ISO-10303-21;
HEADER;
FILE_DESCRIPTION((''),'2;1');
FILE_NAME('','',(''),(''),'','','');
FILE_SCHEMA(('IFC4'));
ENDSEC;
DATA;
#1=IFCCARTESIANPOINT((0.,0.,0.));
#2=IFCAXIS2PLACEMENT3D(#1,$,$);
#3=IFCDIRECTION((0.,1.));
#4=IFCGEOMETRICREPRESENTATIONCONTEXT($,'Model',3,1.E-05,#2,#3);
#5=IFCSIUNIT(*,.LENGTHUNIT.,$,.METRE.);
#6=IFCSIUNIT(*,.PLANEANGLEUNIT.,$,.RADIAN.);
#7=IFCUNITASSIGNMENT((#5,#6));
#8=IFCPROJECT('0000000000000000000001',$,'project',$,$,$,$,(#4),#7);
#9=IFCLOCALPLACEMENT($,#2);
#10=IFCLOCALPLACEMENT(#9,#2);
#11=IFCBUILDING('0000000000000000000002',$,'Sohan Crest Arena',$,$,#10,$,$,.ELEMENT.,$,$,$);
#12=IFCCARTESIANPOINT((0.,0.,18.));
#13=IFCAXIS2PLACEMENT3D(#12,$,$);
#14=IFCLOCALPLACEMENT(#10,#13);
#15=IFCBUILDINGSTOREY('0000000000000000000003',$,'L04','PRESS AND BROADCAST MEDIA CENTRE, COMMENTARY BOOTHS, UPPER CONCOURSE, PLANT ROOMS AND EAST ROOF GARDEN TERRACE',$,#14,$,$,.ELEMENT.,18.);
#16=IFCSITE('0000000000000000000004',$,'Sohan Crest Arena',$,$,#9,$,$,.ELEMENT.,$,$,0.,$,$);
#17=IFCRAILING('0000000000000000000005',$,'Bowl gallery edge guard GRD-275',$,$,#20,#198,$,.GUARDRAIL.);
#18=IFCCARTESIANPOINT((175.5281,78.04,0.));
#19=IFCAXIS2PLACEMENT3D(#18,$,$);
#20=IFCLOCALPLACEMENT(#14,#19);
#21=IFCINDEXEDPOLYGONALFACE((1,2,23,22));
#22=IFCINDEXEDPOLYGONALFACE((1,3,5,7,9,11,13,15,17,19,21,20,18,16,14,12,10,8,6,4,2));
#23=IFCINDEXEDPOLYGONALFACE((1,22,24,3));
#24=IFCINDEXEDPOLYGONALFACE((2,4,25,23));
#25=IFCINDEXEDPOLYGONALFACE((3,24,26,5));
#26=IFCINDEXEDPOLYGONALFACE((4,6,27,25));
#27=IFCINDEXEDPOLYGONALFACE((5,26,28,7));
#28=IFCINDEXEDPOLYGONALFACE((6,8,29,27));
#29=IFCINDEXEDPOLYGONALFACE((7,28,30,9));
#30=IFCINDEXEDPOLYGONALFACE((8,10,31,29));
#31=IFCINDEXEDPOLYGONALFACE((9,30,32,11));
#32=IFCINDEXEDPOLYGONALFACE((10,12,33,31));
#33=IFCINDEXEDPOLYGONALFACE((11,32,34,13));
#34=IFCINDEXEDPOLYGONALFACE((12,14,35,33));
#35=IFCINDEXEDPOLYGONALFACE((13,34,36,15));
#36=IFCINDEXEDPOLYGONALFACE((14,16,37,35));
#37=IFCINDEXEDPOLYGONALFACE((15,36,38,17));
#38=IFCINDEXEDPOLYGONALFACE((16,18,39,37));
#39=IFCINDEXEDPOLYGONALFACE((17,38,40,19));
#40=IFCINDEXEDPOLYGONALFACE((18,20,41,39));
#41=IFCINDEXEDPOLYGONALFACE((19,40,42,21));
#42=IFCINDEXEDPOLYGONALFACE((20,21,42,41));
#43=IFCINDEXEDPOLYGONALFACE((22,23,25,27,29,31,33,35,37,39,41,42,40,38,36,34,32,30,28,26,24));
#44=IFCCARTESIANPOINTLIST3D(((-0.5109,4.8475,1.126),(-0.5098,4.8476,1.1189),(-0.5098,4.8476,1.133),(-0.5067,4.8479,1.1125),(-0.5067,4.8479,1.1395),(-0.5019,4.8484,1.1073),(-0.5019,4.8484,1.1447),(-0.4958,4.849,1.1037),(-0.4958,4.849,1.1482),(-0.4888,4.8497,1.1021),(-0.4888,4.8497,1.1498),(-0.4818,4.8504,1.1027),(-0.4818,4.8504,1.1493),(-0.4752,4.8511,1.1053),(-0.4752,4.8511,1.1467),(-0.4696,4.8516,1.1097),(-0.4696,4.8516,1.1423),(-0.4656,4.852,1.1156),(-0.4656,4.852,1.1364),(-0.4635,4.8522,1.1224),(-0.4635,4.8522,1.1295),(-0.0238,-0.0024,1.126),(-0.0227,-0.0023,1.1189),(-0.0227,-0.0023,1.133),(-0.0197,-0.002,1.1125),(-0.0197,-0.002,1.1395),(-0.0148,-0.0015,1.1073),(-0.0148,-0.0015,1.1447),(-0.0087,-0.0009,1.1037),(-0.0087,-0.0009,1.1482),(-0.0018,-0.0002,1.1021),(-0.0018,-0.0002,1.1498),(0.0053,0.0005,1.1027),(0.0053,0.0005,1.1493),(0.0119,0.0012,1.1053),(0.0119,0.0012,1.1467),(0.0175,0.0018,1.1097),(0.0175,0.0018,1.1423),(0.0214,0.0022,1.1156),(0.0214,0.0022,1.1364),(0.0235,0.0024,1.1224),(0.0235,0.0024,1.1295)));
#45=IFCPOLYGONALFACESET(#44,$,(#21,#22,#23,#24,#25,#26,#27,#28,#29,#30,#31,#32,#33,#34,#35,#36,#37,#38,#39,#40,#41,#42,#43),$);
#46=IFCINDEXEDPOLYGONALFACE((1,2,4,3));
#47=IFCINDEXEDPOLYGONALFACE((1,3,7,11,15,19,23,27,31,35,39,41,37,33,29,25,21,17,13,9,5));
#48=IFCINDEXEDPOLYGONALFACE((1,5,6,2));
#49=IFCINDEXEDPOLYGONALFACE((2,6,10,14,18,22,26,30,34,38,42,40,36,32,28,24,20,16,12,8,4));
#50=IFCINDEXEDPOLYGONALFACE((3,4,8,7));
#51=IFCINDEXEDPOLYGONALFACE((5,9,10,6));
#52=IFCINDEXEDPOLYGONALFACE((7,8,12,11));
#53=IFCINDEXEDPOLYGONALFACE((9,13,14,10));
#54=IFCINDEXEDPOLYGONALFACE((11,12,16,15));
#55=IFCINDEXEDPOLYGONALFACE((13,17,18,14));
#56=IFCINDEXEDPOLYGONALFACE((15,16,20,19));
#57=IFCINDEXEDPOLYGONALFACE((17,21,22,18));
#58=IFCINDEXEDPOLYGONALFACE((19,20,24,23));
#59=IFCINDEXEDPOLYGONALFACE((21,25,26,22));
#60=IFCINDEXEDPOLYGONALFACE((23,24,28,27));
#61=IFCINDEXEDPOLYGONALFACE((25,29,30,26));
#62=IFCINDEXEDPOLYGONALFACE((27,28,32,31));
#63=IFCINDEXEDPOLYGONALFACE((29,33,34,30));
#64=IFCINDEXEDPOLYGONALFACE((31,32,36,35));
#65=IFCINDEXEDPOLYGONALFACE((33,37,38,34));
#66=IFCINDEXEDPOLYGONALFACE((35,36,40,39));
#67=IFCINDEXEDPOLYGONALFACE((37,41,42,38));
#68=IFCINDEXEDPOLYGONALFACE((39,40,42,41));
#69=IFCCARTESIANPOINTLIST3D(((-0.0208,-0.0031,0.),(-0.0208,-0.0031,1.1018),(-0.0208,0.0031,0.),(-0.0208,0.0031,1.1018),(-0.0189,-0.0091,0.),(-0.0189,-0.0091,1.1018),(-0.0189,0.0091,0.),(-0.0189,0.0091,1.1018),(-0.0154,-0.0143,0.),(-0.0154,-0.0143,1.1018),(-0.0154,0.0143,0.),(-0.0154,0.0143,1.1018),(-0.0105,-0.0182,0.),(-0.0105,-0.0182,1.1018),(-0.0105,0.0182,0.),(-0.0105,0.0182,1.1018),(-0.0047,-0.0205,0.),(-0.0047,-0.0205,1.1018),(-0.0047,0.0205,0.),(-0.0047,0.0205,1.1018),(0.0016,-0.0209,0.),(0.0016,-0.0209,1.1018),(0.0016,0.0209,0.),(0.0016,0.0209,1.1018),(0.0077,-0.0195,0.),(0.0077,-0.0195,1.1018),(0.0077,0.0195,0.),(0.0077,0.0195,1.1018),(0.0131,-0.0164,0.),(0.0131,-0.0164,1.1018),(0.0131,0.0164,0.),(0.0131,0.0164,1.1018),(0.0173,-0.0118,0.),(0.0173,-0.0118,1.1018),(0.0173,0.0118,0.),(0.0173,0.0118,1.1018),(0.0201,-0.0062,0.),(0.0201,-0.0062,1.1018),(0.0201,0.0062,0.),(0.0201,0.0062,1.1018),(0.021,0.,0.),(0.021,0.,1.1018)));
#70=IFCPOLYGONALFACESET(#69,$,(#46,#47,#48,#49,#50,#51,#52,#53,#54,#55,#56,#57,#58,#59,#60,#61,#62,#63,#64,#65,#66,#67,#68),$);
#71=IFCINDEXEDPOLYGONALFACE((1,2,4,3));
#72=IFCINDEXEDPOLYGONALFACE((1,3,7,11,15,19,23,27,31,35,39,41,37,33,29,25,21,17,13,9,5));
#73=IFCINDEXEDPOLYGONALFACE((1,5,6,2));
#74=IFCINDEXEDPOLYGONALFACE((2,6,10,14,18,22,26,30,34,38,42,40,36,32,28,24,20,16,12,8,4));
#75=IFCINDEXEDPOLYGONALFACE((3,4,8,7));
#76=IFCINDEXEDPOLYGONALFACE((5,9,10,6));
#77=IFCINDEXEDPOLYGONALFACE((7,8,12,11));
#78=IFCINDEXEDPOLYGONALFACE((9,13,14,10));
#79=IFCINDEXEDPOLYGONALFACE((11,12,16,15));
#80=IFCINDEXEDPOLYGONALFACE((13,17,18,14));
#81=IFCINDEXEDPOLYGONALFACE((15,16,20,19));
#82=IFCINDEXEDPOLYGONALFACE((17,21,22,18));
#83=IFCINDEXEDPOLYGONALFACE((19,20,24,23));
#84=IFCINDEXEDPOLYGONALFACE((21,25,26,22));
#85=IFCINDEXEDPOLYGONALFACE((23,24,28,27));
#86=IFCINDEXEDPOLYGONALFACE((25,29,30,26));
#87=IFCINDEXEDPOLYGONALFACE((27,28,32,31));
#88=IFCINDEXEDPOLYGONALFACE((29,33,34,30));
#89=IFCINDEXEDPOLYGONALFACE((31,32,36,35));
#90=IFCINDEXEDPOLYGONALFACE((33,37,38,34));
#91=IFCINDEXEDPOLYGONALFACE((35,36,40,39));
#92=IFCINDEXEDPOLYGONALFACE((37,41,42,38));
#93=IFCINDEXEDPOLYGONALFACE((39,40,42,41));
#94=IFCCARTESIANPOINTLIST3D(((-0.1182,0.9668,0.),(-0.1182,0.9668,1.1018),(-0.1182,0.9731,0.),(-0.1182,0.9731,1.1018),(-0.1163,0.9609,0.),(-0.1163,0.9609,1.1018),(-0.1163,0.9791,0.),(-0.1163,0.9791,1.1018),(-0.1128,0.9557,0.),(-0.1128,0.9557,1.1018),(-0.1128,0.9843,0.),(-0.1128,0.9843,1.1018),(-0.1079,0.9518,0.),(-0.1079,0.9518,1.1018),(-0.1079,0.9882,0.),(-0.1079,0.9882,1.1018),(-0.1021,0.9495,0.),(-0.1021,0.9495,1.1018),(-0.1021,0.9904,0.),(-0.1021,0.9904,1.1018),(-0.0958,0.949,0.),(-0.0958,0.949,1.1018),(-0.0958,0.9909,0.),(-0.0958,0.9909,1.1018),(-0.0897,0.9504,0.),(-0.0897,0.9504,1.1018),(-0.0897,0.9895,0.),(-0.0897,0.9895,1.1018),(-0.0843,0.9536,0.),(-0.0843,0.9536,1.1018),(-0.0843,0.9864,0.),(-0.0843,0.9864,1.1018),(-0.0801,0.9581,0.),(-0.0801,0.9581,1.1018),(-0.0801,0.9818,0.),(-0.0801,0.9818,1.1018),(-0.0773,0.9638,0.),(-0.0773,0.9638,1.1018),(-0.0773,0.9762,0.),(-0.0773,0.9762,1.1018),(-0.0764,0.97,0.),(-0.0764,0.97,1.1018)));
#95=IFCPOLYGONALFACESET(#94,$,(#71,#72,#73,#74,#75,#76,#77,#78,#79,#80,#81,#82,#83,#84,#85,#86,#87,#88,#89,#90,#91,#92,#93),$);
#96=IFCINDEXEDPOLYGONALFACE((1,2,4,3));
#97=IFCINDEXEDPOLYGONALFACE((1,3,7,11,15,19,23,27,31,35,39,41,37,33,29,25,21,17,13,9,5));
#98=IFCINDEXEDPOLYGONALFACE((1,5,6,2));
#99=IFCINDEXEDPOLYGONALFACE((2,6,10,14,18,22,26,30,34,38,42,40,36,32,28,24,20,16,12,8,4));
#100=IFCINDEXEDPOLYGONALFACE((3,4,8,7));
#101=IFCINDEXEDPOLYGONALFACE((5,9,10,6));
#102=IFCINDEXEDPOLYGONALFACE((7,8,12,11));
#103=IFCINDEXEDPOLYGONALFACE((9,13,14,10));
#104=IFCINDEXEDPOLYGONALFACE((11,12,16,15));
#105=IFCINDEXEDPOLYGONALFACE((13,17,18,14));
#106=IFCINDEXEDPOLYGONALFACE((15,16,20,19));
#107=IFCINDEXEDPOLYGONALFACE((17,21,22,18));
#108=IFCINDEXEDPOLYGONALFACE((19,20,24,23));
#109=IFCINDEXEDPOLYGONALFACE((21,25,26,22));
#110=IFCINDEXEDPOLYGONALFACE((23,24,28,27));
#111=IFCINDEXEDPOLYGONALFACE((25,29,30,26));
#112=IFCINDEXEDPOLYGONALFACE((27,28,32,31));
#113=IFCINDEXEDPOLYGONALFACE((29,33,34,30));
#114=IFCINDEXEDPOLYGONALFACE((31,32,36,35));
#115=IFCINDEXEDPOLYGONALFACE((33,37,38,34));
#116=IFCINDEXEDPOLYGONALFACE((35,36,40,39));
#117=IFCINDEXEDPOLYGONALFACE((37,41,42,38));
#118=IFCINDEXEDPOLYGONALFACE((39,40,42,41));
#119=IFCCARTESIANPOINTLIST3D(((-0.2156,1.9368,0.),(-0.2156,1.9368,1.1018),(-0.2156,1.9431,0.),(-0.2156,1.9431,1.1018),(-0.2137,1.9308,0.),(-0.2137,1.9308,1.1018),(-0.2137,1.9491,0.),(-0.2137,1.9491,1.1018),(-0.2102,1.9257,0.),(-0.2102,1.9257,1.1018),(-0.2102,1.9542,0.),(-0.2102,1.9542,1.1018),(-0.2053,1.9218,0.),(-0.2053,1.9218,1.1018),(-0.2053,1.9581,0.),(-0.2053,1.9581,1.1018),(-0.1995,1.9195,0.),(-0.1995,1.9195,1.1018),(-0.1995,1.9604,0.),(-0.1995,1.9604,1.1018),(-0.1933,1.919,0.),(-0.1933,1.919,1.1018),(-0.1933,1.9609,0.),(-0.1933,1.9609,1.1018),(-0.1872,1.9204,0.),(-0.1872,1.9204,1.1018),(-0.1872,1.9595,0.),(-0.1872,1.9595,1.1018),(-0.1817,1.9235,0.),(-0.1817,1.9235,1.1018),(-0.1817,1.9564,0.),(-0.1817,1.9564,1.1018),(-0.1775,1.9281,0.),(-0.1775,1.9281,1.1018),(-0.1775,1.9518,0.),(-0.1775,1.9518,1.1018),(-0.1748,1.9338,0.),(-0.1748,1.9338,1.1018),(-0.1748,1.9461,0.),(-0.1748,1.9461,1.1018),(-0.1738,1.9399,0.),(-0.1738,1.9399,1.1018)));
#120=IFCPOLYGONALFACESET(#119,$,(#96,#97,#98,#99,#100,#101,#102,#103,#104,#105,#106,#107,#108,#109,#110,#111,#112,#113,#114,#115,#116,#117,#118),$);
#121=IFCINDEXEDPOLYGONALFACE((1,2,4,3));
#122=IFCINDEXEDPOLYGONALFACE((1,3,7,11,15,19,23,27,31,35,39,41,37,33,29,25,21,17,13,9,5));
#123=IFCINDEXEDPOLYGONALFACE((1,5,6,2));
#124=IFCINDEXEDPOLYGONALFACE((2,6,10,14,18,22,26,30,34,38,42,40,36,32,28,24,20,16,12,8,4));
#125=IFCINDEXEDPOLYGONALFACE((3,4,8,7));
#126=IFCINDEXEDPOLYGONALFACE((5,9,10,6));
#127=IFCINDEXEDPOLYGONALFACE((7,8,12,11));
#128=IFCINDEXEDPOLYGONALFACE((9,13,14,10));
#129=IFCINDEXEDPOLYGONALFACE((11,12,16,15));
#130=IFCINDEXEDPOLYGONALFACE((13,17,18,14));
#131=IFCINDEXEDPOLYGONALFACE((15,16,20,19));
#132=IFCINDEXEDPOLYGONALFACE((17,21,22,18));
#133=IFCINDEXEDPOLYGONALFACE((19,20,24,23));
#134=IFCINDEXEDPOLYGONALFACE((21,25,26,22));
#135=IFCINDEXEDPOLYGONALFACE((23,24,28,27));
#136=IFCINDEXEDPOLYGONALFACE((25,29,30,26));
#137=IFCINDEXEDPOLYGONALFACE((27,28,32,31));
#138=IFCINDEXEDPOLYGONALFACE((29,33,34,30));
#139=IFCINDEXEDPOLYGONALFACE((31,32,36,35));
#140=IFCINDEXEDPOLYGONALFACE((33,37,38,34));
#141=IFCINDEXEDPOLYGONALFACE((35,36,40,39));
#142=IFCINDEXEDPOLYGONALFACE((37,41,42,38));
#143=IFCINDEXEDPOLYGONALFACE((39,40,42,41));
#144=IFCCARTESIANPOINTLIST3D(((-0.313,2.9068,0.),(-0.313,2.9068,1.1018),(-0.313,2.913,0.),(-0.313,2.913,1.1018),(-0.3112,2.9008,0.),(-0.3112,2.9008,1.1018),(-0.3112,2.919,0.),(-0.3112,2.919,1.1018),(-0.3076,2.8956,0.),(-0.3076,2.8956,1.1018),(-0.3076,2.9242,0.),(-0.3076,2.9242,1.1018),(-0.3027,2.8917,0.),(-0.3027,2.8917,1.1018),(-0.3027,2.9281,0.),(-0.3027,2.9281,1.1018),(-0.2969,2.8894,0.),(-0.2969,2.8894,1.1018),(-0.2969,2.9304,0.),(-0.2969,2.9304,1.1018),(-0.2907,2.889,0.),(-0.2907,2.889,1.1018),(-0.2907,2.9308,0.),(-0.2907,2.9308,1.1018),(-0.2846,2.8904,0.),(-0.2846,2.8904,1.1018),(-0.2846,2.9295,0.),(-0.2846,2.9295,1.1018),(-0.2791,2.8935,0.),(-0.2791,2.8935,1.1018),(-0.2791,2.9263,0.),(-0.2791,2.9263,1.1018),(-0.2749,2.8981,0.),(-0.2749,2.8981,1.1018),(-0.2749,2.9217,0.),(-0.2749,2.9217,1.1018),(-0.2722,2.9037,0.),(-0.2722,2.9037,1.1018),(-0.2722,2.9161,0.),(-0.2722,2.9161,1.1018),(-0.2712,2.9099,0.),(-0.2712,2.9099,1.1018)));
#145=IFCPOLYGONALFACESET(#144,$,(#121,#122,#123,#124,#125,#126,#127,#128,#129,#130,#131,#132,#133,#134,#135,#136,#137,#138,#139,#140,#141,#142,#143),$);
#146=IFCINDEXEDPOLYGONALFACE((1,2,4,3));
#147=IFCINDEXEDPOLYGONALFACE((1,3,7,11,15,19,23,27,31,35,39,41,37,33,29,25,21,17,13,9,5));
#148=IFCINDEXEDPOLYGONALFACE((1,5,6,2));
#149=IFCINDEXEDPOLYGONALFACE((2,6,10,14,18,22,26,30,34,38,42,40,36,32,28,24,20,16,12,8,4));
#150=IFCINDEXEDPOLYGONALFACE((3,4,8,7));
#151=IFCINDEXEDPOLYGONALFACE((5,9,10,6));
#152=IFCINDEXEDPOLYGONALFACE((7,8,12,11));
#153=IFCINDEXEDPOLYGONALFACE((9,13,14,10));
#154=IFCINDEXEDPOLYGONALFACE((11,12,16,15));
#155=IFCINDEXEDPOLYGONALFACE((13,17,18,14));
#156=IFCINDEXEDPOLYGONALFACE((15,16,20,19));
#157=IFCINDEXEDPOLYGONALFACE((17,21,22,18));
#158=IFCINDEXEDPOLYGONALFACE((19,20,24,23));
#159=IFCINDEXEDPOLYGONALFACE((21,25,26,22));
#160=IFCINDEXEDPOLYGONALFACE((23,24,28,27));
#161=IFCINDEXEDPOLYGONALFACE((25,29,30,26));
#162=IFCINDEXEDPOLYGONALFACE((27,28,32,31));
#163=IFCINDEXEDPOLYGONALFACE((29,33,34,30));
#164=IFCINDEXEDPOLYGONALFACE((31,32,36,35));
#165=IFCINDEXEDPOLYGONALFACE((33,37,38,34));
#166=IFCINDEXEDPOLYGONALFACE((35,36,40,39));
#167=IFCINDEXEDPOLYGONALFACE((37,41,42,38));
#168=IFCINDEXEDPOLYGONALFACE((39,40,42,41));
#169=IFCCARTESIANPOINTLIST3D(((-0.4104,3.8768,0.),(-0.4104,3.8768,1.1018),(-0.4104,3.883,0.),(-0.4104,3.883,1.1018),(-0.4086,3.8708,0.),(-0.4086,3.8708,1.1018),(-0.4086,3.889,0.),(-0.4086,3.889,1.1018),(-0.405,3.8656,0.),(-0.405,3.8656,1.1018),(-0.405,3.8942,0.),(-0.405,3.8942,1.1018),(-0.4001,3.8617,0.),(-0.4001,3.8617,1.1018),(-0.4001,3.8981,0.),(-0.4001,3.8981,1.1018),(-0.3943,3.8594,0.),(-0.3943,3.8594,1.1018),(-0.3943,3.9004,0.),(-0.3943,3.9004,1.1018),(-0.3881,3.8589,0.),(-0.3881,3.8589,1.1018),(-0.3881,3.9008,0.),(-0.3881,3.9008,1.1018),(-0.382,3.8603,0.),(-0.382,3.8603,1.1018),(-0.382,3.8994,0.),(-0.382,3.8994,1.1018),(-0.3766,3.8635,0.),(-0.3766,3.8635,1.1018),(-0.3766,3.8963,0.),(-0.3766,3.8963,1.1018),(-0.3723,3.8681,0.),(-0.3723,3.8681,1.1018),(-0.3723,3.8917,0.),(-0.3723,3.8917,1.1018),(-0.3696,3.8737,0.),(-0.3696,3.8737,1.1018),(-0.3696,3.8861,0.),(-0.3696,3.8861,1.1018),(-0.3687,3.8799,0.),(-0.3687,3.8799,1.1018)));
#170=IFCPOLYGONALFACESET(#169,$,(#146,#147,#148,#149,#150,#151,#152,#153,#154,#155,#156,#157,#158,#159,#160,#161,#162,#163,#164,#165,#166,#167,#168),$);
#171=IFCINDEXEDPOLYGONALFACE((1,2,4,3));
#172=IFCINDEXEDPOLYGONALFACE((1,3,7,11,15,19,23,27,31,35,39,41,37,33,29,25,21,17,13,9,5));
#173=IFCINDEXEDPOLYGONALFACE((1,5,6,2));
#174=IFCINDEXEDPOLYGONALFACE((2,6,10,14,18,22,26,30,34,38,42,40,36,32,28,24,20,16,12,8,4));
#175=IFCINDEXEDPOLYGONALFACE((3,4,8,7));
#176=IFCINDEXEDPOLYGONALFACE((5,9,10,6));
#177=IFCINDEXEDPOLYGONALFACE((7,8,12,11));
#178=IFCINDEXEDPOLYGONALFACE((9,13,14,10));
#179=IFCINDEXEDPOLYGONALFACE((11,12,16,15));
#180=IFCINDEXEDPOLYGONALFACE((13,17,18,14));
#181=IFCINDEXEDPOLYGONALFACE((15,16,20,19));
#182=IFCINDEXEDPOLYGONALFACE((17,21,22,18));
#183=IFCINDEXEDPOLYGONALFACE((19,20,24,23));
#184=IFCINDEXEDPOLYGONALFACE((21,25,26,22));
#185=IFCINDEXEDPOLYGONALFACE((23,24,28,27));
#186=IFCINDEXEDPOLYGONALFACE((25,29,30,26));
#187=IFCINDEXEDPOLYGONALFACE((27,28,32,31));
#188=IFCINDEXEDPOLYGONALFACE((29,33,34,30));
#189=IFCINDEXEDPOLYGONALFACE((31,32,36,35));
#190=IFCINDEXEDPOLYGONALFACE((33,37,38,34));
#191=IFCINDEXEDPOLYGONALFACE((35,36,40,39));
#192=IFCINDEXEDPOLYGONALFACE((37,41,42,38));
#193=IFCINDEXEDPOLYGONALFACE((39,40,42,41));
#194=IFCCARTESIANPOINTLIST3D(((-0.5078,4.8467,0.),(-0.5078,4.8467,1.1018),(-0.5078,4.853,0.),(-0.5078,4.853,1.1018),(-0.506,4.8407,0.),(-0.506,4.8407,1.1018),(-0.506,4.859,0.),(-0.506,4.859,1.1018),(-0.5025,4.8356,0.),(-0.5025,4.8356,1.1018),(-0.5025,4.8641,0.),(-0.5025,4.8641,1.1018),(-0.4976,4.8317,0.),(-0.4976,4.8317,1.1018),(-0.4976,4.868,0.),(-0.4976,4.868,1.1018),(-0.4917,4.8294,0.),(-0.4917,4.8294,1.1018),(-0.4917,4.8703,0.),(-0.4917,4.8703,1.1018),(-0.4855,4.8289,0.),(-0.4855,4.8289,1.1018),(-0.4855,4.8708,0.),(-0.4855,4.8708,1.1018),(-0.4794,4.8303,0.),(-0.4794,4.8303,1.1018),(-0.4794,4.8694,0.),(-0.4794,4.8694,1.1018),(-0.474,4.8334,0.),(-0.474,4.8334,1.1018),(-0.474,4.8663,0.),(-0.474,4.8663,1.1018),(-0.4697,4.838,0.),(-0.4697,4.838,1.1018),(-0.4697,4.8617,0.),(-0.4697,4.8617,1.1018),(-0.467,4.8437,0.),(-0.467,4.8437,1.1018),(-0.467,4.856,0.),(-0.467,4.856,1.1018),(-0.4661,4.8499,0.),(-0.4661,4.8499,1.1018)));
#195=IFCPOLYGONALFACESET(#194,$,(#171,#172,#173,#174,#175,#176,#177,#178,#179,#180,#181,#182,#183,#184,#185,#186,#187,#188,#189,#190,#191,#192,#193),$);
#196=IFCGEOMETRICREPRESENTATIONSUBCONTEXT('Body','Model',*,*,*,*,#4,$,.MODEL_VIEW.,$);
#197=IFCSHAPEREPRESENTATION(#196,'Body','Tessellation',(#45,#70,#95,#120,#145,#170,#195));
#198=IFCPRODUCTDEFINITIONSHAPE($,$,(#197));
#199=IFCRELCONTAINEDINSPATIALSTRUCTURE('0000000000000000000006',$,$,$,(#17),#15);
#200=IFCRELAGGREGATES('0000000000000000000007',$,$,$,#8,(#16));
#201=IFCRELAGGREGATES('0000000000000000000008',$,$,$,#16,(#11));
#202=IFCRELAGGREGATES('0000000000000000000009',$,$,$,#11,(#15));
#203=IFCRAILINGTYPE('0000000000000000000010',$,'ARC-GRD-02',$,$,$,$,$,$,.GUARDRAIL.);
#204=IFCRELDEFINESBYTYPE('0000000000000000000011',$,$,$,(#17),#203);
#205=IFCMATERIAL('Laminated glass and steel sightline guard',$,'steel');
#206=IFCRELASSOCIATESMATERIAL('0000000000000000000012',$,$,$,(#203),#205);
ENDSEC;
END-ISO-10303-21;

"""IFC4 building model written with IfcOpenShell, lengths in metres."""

from ifc_helpers import new_model, si_unit, direction, frame, origin, origin_2d, place, context, subcontext, project, spatial, circle, extrude, material, type_object, element, save


model = new_model("IFC4")

# Units and contexts
model_context = context("Model", 3, precision=1e-05, world=origin(), true_north=direction((0.0, 1.0)))
body_context = subcontext(model_context, "Body", "Model", "MODEL_VIEW")
ifc_project = project(units=[si_unit("LENGTHUNIT", "METRE"), si_unit("PLANEANGLEUNIT", "RADIAN")], contexts=[model_context])

# Site, building, storey
site_placement = place(None, origin())
site = spatial("IfcSite", under=ifc_project, at=site_placement, Name="Sohan Crest Arena", CompositionType="ELEMENT", RefElevation=0.0)
building_placement = place(site_placement, origin())
building = spatial("IfcBuilding", under=site, at=building_placement, Name="Sohan Crest Arena", CompositionType="ELEMENT")
storey_placement = place(building_placement, frame((0.0, 0.0, 18.0)))
storey = spatial("IfcBuildingStorey", under=building, at=storey_placement, Name="L04", Description="PRESS AND BROADCAST MEDIA CENTRE, COMMENTARY BOOTHS, UPPER CONCOURSE, PLANT ROOMS AND EAST ROOF GARDEN TERRACE", CompositionType="ELEMENT", Elevation=18.0)

# Railing
ifc_material_1 = material(Name="Laminated glass and steel sightline guard", Category="steel")
railing_type = type_object("IfcRailingType", Name="ARC-GRD-02", PredefinedType="GUARDRAIL", material=ifc_material_1)
railing_1_placement = place(storey_placement, frame((175.5281, 78.04, 0.0)))
element("IfcRailing", 1, at=railing_1_placement, inside=storey, type_object=railing_type, Name="Bowl gallery edge guard GRD-275", PredefinedType="GUARDRAIL", context=body_context, shape_type="SweptSolid", body=[
    extrude(circle(Radius=0.0239, at=origin_2d()), frame((0.0, 0.0, 1.126), z_axis=(-0.099925, 0.994995, 0.0), x_axis=(-0.994995, -0.099925, 0.0)), (0.0, 0.0, 1.0), 4.8743),
    extrude(circle(Radius=0.021, at=origin_2d()), origin(), (0.0, 0.0, 1.0), 1.1018),
    extrude(circle(Radius=0.021, at=origin_2d()), frame((-0.0974, 0.97, 0.0)), (0.0, 0.0, 1.0), 1.1018),
    extrude(circle(Radius=0.021, at=origin_2d()), frame((-0.1948, 1.9399, 0.0)), (0.0, 0.0, 1.0), 1.1018),
    extrude(circle(Radius=0.021, at=origin_2d()), frame((-0.2922, 2.9099, 0.0)), (0.0, 0.0, 1.0), 1.1018),
    extrude(circle(Radius=0.021, at=origin_2d()), frame((-0.3896, 3.8799, 0.0)), (0.0, 0.0, 1.0), 1.1018),
    extrude(circle(Radius=0.021, at=origin_2d()), frame((-0.4871, 4.8499, 0.0)), (0.0, 0.0, 1.0), 1.1018),
])

save(model, "model.ifc")
